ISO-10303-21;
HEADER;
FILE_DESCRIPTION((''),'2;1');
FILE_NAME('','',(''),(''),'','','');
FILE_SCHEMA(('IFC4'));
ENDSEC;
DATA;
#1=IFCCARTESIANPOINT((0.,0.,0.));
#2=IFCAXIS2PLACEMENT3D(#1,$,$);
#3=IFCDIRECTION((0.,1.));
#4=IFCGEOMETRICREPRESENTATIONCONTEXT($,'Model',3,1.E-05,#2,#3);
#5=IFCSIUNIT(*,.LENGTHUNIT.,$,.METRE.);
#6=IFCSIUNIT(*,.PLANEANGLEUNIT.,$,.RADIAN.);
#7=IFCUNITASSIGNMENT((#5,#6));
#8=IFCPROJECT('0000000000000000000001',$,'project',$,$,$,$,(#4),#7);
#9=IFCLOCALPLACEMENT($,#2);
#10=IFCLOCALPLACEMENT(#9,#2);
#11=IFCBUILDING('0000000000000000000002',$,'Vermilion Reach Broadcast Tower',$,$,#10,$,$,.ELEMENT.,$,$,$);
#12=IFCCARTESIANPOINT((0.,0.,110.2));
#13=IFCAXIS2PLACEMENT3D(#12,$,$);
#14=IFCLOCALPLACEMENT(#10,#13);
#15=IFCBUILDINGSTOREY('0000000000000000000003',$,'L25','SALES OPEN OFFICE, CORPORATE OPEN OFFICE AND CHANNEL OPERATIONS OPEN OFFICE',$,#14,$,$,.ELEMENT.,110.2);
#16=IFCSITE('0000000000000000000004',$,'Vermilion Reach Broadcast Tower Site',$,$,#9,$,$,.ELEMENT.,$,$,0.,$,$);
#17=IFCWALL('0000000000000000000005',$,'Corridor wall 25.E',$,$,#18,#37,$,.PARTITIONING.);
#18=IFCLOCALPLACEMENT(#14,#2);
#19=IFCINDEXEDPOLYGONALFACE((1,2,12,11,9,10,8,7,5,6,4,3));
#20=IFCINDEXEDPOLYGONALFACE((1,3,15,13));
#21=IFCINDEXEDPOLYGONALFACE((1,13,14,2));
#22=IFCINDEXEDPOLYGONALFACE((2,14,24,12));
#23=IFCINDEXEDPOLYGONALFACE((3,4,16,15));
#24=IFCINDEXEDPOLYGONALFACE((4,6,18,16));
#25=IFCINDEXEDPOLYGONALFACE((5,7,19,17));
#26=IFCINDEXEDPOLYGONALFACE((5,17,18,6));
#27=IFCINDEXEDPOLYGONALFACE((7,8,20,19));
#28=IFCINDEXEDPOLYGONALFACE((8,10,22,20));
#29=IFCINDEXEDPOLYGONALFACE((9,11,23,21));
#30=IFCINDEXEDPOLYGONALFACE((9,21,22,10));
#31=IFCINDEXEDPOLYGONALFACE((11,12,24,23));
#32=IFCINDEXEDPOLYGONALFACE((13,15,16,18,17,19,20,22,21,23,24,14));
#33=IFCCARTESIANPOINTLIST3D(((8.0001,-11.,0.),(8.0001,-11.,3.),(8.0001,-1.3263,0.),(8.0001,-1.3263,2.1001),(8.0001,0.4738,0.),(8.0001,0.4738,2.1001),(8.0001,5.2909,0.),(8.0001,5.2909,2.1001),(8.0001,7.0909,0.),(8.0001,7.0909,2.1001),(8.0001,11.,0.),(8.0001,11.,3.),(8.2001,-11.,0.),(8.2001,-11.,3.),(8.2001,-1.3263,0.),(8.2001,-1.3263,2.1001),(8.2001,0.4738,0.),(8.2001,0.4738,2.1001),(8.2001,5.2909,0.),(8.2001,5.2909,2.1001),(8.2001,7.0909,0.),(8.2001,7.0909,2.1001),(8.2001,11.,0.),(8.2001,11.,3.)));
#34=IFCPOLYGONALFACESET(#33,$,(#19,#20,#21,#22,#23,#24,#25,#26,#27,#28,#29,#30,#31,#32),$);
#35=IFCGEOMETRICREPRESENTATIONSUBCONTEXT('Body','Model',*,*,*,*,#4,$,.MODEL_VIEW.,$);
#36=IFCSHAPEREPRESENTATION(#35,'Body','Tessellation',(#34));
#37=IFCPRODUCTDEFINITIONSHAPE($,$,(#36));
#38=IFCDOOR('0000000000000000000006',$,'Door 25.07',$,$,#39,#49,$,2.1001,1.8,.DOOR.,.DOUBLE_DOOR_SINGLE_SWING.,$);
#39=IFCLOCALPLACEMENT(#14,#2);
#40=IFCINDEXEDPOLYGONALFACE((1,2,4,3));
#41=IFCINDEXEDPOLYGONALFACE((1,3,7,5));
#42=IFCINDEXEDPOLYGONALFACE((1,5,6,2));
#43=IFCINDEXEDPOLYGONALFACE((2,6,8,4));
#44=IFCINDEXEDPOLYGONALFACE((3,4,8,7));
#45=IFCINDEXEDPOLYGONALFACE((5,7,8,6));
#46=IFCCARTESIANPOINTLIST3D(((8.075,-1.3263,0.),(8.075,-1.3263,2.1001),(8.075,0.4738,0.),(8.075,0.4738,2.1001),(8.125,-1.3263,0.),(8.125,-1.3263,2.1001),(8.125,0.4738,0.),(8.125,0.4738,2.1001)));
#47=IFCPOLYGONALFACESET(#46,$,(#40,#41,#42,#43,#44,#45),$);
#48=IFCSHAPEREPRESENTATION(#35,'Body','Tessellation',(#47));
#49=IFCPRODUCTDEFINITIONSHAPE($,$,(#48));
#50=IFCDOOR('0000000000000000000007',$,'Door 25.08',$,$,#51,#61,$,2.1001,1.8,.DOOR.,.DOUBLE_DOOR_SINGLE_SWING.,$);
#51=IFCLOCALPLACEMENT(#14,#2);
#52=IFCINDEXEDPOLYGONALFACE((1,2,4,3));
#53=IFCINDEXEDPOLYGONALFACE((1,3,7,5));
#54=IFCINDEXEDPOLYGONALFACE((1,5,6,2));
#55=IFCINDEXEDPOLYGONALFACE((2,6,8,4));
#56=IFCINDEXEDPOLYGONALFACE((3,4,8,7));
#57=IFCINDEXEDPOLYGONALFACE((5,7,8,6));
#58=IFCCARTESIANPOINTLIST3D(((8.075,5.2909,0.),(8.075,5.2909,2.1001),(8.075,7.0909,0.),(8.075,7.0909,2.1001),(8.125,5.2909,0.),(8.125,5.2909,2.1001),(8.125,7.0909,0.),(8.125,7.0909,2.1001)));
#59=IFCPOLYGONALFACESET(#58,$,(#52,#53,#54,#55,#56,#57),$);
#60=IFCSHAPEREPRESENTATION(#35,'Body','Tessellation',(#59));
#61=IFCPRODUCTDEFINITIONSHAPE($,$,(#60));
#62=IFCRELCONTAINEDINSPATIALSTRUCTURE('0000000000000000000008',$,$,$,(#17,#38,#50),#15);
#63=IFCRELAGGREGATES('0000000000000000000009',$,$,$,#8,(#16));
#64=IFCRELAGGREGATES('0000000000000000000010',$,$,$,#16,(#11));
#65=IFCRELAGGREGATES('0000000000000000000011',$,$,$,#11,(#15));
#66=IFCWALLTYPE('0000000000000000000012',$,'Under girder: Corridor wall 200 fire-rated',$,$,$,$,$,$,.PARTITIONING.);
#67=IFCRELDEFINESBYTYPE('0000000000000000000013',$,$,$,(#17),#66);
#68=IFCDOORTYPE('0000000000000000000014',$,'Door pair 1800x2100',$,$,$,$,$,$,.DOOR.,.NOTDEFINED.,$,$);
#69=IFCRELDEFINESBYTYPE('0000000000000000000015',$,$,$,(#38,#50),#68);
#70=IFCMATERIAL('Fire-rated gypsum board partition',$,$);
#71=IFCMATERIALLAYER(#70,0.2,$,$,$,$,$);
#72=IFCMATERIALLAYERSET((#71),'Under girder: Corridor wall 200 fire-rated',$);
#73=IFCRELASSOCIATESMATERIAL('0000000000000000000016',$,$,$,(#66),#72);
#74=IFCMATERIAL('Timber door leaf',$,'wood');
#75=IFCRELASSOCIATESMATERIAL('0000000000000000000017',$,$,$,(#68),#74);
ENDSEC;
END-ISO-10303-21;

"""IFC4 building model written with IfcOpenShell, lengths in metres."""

from ifc_helpers import new_model, si_unit, direction, frame, frame_2d, origin, place, context, subcontext, project, spatial, rectangle, extrude, material, layer, layer_set, type_object, element, fill, save


model = new_model("IFC4")

# Units and contexts
model_context = context("Model", 3, precision=1e-05, world=origin(), true_north=direction((0.0, 1.0)))
body_context = subcontext(model_context, "Body", "Model", "MODEL_VIEW")
ifc_project = project(units=[si_unit("LENGTHUNIT", "METRE"), si_unit("PLANEANGLEUNIT", "RADIAN")], contexts=[model_context])

# Site, building, storey
site_placement = place(None, origin())
site = spatial("IfcSite", under=ifc_project, at=site_placement, Name="Vermilion Reach Broadcast Tower Site", CompositionType="ELEMENT", RefElevation=0.0)
building_placement = place(site_placement, origin())
building = spatial("IfcBuilding", under=site, at=building_placement, Name="Vermilion Reach Broadcast Tower", CompositionType="ELEMENT")
storey_placement = place(building_placement, frame((0.0, 0.0, 110.2)))
storey = spatial("IfcBuildingStorey", under=building, at=storey_placement, Name="L25", Description="SALES OPEN OFFICE, CORPORATE OPEN OFFICE AND CHANNEL OPERATIONS OPEN OFFICE", CompositionType="ELEMENT", Elevation=110.2)

# Wall, openings, doors
ifc_material_1 = material(Name="Fire-rated gypsum board partition")
ifc_layer_1 = layer(ifc_material_1, 0.2)
ifc_layer_set_1 = layer_set([ifc_layer_1], Name="Under girder: Corridor wall 200 fire-rated")
wall_type_1 = type_object("IfcWallType", Name="Under girder: Corridor wall 200 fire-rated", PredefinedType="PARTITIONING", material=ifc_layer_set_1)
wall_1_placement = place(storey_placement, frame((8.1001, 11.0, 0.0), z_axis=(0.0, 0.0, 1.0), x_axis=(0.0, -1.0, 0.0)))
wall_1 = element("IfcWall", 1, at=wall_1_placement, inside=storey, type_object=wall_type_1, Name="Corridor wall 25.E", PredefinedType="PARTITIONING", context=body_context, shape_type="SweptSolid", body=[
    extrude(rectangle(XDim=22.0, YDim=0.2, at=frame_2d((11.0, 0.0))), origin(), (0.0, 0.0, 1.0), 3.0),
])
opening_1_placement = place(wall_1_placement, frame((10.5264, 0.0, 0.0)))
opening_1 = element("IfcOpeningElement", 2, at=opening_1_placement, cuts=wall_1, PredefinedType="OPENING", context=body_context, shape_type="SweptSolid", body=[
    extrude(rectangle(XDim=1.8, YDim=2.1001, at=frame_2d((0.8999, 1.05))), frame((0.0, 0.1099, 0.0), z_axis=(0.0, -1.0, 0.0), x_axis=(1.0, 0.0, 0.0)), (0.0, 0.0, 1.0), 0.22),
])
opening_2_placement = place(wall_1_placement, frame((3.9092, 0.0, 0.0)))
opening_2 = element("IfcOpeningElement", 3, at=opening_2_placement, cuts=wall_1, PredefinedType="OPENING", context=body_context, shape_type="SweptSolid", body=[
    extrude(rectangle(XDim=1.8, YDim=2.1001, at=frame_2d((0.8999, 1.05))), frame((0.0, 0.1099, 0.0), z_axis=(0.0, -1.0, 0.0), x_axis=(1.0, 0.0, 0.0)), (0.0, 0.0, 1.0), 0.22),
])
ifc_material_2 = material(Name="Timber door leaf", Category="wood")
door_type_1 = type_object("IfcDoorType", Name="Door pair 1800x2100", OperationType="NOTDEFINED", PredefinedType="DOOR", material=ifc_material_2)
door_1_placement = place(opening_1_placement, origin())
door_1 = element("IfcDoor", 4, at=door_1_placement, inside=storey, type_object=door_type_1, Name="Door 25.07", OperationType="DOUBLE_DOOR_SINGLE_SWING", OverallHeight=2.1001, OverallWidth=1.8, PredefinedType="DOOR", context=body_context, shape_type="SweptSolid", body=[
    extrude(rectangle(XDim=1.8, YDim=2.1001, at=frame_2d((0.8999, 1.05))), frame((0.0, 0.0249, 0.0), z_axis=(0.0, -1.0, 0.0), x_axis=(1.0, 0.0, 0.0)), (0.0, 0.0, 1.0), 0.05),
])
fill(opening_1, door_1)
door_2_placement = place(opening_2_placement, origin())
door_2 = element("IfcDoor", 5, at=door_2_placement, inside=storey, type_object=door_type_1, Name="Door 25.08", OperationType="DOUBLE_DOOR_SINGLE_SWING", OverallHeight=2.1001, OverallWidth=1.8, PredefinedType="DOOR", context=body_context, shape_type="SweptSolid", body=[
    extrude(rectangle(XDim=1.8, YDim=2.1001, at=frame_2d((0.8999, 1.05))), frame((0.0, 0.0249, 0.0), z_axis=(0.0, -1.0, 0.0), x_axis=(1.0, 0.0, 0.0)), (0.0, 0.0, 1.0), 0.05),
])
fill(opening_2, door_2)

save(model, "model.ifc")
